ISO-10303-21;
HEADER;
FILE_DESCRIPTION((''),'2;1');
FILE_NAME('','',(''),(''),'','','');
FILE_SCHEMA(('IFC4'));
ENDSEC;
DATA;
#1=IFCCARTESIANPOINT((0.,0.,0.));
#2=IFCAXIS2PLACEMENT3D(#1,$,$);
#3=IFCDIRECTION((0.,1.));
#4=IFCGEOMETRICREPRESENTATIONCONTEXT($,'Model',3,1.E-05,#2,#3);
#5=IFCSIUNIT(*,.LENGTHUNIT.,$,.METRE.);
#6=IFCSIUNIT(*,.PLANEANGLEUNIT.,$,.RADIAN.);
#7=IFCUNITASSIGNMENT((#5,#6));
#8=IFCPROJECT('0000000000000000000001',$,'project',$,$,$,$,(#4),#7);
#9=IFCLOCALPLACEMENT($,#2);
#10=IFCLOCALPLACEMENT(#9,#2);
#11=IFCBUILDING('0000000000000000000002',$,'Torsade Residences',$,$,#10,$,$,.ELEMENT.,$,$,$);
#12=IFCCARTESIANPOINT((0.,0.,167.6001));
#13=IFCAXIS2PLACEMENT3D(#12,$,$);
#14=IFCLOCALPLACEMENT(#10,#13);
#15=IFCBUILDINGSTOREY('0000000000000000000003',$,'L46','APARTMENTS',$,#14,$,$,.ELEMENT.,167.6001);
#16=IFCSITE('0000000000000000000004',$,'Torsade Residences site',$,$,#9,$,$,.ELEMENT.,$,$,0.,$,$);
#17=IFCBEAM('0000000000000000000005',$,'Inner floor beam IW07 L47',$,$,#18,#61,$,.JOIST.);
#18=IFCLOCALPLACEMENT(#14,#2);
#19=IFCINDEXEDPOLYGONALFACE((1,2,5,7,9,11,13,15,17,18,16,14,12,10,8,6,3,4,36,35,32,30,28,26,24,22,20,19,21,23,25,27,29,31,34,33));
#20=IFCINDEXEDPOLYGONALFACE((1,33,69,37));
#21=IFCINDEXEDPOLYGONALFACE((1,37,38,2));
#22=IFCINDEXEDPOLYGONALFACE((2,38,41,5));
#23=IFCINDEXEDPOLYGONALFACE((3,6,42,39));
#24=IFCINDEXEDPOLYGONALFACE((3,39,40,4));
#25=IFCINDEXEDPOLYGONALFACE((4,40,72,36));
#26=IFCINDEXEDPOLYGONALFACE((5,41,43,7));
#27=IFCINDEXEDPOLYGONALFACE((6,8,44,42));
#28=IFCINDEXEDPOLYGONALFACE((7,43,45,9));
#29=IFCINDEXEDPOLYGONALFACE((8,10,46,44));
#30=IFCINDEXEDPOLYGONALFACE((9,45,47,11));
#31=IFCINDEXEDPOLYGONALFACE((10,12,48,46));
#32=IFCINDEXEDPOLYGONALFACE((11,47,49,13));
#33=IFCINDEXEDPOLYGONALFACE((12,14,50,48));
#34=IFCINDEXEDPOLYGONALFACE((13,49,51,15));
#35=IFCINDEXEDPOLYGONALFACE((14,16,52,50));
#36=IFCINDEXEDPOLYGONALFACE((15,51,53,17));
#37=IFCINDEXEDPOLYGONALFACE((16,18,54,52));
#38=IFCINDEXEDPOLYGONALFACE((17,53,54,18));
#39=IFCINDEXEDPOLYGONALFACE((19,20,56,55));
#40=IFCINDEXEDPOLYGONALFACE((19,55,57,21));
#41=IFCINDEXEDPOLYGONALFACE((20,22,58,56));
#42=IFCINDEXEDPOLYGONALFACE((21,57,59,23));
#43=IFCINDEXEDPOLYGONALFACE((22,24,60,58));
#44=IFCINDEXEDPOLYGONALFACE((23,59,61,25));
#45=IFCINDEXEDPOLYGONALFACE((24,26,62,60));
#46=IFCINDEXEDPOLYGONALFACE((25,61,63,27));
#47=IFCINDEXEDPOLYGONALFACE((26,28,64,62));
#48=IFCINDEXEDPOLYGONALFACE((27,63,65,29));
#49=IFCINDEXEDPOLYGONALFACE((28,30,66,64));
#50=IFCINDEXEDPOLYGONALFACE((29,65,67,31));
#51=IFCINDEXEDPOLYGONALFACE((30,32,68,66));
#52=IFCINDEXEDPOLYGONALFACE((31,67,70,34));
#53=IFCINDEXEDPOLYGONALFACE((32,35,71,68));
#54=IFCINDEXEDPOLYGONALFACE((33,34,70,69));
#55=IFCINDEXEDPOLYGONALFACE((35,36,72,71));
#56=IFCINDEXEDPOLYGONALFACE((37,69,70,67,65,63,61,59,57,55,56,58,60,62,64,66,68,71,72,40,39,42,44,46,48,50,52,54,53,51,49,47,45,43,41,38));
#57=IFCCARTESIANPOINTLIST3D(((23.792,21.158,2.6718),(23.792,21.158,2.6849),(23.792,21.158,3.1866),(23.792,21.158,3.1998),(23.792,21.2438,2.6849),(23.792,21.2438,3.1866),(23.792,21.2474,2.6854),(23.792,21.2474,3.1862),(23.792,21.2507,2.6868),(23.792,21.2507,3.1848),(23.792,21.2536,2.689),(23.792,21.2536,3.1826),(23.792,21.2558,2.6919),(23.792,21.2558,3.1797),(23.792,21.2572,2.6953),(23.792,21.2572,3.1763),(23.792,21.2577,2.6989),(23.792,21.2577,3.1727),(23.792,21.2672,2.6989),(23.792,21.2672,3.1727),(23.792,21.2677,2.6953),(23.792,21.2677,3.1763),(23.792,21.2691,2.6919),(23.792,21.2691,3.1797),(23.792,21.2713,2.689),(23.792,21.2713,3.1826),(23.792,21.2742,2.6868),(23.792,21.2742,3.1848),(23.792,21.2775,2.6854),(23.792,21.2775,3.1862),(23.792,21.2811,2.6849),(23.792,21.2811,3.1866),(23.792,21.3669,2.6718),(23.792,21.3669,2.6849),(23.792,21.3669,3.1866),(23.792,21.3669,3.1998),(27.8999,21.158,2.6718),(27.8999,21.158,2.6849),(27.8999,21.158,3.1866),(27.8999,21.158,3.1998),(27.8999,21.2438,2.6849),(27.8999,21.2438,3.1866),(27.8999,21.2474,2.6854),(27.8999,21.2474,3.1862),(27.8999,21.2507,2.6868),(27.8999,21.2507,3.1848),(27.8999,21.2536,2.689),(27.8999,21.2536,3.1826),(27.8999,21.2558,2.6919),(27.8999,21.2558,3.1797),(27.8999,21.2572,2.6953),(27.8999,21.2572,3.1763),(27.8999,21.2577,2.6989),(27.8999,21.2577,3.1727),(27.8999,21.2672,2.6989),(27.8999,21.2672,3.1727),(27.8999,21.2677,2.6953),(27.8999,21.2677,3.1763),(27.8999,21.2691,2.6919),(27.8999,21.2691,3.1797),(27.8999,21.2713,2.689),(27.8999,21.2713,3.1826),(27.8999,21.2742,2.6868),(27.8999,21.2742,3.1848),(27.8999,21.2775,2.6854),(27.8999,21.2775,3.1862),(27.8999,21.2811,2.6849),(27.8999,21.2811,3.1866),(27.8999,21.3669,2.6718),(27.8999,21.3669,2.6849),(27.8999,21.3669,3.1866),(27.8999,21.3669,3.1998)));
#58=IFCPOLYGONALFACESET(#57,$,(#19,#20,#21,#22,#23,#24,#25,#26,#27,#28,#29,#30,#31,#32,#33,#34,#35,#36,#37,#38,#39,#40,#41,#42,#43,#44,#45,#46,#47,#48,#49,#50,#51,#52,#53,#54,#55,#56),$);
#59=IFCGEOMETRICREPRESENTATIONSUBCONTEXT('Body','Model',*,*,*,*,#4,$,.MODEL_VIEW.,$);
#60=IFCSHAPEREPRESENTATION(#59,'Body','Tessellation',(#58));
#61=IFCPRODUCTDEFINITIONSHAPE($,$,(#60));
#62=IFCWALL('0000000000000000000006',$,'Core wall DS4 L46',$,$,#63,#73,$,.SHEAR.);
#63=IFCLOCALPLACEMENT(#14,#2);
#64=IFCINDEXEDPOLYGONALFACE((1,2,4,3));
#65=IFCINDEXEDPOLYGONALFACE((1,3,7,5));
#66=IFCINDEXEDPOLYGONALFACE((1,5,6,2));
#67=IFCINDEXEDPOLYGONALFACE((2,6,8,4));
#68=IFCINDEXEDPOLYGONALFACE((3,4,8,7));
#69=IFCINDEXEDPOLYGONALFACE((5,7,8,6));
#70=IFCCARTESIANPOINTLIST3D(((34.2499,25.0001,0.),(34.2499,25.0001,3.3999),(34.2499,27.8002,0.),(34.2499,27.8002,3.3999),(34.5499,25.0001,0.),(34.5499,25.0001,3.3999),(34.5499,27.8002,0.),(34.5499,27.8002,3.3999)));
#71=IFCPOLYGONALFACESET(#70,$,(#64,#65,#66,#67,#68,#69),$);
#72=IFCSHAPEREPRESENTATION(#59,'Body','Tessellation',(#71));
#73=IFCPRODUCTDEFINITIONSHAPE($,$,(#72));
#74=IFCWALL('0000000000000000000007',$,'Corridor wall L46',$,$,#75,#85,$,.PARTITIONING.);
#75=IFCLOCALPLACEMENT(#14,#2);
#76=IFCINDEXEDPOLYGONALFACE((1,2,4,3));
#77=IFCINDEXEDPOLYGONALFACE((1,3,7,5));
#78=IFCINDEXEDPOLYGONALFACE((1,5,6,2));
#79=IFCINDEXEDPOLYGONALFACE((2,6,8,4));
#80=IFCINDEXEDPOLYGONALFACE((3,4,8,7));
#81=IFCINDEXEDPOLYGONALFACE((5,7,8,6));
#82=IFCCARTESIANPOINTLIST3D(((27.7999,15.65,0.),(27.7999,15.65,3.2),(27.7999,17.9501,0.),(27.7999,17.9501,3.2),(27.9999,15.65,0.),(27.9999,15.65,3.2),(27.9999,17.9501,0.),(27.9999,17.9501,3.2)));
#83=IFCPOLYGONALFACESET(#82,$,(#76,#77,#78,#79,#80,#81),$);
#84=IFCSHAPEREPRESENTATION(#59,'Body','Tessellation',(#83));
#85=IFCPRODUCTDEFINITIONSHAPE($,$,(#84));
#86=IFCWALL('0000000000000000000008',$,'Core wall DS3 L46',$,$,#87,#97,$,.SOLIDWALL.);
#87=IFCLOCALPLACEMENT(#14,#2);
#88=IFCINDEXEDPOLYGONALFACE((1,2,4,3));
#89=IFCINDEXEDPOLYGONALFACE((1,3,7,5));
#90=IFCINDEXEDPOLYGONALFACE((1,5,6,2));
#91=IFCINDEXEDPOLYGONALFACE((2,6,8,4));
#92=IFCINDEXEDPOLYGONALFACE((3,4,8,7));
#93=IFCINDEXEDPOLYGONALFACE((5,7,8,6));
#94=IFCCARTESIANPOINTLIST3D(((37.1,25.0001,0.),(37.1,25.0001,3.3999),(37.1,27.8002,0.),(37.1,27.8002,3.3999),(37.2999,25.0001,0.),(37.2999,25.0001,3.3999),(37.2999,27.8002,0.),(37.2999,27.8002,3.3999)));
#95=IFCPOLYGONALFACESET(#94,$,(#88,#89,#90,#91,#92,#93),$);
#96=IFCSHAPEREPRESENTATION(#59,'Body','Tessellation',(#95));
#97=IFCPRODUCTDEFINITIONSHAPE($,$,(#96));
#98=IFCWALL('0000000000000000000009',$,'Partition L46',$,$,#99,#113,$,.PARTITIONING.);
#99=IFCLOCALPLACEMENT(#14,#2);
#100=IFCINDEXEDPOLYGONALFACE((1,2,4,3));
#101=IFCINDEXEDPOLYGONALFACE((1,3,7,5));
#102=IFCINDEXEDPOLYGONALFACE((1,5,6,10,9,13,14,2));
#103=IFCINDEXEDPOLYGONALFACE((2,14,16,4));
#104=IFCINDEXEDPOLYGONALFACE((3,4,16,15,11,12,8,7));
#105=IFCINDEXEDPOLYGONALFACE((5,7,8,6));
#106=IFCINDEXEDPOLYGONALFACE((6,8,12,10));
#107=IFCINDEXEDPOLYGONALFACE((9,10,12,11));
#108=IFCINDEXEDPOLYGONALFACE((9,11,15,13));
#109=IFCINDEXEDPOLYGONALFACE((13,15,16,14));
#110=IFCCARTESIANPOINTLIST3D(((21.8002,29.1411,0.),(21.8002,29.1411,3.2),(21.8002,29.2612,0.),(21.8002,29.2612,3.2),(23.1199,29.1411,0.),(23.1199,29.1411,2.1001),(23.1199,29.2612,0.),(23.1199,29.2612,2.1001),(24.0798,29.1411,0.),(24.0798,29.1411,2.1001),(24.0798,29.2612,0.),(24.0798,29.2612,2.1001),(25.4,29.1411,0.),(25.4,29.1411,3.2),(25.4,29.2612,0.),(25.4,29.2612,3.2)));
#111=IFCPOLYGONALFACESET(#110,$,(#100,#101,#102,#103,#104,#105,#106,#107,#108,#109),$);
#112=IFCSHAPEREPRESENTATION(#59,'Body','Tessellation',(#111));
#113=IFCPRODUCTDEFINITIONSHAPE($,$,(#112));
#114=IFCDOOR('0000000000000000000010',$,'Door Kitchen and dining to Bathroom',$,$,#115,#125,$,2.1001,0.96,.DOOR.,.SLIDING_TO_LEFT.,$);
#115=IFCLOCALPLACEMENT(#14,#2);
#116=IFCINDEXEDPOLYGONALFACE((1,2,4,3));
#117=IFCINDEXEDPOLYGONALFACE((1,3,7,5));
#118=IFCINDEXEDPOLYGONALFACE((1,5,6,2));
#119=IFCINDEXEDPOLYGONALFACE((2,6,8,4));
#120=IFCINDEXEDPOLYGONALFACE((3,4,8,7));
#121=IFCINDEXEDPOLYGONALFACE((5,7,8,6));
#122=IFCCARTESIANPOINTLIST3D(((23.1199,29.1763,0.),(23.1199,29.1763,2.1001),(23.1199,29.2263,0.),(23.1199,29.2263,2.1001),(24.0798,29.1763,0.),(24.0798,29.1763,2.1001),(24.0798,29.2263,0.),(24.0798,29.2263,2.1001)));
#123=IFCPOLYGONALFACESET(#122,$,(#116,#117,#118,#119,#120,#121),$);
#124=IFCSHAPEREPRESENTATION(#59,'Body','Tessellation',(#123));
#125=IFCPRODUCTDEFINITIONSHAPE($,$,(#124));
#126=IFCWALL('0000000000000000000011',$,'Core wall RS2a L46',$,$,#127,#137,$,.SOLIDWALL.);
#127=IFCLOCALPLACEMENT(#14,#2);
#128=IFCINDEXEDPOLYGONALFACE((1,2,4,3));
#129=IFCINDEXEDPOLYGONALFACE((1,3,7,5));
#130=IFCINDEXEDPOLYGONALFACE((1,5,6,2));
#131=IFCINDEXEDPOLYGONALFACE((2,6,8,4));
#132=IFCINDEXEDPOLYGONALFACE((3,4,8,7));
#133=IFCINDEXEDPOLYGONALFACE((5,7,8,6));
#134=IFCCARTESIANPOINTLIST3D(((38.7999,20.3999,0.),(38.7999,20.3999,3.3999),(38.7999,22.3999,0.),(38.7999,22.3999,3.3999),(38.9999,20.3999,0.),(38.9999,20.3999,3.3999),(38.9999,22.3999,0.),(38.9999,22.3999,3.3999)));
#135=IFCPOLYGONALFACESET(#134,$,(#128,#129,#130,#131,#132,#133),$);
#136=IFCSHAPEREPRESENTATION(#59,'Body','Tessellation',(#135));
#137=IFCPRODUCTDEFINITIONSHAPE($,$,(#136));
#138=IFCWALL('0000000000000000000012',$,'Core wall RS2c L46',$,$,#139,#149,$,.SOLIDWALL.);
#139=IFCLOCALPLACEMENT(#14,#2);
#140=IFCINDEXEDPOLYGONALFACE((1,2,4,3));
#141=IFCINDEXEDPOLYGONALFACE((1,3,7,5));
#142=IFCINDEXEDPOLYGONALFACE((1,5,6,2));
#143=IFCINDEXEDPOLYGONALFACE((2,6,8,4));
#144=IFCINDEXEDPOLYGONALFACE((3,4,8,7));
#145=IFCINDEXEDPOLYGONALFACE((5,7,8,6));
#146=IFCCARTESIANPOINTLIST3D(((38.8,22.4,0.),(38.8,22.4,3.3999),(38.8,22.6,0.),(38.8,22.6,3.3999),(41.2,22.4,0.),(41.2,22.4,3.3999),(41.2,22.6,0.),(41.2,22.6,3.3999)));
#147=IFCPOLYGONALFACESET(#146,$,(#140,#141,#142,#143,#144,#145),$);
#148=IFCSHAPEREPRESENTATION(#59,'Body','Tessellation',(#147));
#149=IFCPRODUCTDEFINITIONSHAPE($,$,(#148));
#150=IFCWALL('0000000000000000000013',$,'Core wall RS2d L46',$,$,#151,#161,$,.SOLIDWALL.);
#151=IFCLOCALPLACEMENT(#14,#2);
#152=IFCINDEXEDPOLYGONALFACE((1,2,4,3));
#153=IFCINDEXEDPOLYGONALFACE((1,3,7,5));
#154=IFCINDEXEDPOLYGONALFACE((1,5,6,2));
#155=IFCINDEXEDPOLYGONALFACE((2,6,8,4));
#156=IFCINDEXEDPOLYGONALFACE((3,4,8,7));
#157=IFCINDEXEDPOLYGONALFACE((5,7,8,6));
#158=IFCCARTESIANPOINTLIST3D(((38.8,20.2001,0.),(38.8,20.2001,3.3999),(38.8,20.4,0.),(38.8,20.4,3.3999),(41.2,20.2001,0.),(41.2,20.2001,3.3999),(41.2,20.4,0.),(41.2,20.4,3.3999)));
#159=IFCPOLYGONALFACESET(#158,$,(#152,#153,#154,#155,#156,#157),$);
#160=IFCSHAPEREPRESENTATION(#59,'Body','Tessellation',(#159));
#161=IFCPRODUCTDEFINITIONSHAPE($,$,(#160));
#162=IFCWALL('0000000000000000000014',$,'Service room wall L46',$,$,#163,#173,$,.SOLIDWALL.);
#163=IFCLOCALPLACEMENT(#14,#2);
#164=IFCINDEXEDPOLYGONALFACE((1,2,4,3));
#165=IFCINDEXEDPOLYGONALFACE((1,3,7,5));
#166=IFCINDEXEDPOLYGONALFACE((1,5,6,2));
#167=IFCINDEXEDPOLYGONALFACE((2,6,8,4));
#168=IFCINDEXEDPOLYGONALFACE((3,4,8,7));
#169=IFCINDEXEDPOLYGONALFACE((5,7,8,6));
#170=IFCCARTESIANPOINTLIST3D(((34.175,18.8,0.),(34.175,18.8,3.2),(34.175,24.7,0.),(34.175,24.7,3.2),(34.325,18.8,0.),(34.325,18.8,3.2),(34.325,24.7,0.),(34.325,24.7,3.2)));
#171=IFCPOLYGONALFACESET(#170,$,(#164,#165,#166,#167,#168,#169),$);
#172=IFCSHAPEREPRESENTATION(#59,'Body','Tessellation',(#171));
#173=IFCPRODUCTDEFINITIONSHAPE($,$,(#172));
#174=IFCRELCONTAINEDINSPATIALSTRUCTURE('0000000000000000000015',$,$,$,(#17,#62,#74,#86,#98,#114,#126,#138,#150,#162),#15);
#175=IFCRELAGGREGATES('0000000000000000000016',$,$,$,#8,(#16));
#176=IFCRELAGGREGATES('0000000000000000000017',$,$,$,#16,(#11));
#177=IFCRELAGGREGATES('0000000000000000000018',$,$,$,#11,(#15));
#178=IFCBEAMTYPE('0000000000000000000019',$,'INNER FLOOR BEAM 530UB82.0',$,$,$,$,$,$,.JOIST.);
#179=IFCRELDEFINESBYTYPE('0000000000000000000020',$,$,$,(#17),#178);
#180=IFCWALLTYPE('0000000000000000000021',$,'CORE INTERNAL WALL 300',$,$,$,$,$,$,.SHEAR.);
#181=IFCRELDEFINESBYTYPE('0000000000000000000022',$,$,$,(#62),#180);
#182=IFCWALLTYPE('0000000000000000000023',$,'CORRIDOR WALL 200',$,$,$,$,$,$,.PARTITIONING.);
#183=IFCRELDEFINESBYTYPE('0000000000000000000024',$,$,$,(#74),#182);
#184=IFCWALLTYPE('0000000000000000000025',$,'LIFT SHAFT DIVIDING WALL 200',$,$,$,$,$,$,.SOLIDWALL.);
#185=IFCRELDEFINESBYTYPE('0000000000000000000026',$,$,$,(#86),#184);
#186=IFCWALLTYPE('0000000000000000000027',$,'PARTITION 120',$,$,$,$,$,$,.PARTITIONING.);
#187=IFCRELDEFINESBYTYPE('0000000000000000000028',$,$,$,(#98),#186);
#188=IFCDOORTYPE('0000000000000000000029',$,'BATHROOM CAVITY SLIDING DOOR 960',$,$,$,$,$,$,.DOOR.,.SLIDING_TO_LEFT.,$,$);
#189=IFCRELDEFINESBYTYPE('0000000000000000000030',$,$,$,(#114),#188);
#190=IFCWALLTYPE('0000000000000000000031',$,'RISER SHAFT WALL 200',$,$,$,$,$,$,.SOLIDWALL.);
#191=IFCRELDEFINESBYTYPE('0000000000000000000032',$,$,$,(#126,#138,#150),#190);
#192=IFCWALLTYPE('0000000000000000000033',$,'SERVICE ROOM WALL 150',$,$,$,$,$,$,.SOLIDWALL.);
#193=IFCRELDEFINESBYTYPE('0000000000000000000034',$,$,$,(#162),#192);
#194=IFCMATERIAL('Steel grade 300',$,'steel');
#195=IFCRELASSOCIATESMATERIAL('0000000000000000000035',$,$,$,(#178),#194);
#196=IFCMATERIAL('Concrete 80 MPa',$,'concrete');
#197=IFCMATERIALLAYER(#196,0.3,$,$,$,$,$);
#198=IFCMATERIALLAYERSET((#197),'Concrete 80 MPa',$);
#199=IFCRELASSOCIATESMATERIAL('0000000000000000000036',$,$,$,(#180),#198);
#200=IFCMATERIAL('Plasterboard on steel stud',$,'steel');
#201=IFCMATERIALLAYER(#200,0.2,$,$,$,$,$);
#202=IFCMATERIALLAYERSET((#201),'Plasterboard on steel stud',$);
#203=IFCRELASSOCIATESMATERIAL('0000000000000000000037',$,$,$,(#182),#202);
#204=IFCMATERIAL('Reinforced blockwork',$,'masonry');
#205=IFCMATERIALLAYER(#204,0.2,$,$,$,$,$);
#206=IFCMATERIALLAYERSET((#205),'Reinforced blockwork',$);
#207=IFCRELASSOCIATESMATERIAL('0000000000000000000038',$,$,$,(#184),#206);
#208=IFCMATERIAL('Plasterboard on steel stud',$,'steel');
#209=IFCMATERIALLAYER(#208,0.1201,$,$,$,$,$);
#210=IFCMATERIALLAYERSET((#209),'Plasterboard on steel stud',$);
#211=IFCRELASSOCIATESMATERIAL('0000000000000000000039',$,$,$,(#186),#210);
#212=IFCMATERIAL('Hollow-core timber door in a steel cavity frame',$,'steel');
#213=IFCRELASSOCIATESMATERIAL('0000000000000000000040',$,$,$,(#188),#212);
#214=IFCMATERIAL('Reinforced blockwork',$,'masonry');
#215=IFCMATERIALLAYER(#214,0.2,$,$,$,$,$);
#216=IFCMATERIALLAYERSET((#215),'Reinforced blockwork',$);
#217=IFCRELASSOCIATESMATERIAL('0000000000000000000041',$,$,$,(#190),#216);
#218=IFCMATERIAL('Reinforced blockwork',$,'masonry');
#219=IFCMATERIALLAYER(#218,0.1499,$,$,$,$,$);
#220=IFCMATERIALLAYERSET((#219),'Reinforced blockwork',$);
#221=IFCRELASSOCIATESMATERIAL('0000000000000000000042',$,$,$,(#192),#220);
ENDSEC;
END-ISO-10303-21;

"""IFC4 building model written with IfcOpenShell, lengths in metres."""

from ifc_helpers import new_model, si_unit, direction, frame, frame_2d, origin, origin_2d, place, context, subcontext, project, spatial, rectangle, i_section, extrude, material, layer, layer_set, material_profile, profile_set, type_object, element, fill, save


model = new_model("IFC4")

# Units and contexts
model_context = context("Model", 3, precision=1e-05, world=origin(), true_north=direction((0.0, 1.0)))
body_context = subcontext(model_context, "Body", "Model", "MODEL_VIEW")
ifc_project = project(units=[si_unit("LENGTHUNIT", "METRE"), si_unit("PLANEANGLEUNIT", "RADIAN")], contexts=[model_context])

# Site, building, storey
site_placement = place(None, origin())
site = spatial("IfcSite", under=ifc_project, at=site_placement, Name="Torsade Residences site", CompositionType="ELEMENT", RefElevation=0.0)
building_placement = place(site_placement, origin())
building = spatial("IfcBuilding", under=site, at=building_placement, Name="Torsade Residences", CompositionType="ELEMENT")
storey_placement = place(building_placement, frame((0.0, 0.0, 167.6001)))
storey = spatial("IfcBuildingStorey", under=building, at=storey_placement, Name="L46", Description="APARTMENTS", CompositionType="ELEMENT", Elevation=167.6001)

# Beam
ifc_material_1 = material(Name="Steel grade 300", Category="steel")
ifc_material_profile_1 = material_profile(ifc_material_1, i_section(OverallWidth=0.209, OverallDepth=0.5281, WebThickness=0.0095, FlangeThickness=0.0132, FilletRadius=0.0139, at=origin_2d()), Name="530UB82.0")
ifc_profile_set_1 = profile_set([ifc_material_profile_1], Name="Steel grade 300")
beam_type = type_object("IfcBeamType", Name="INNER FLOOR BEAM 530UB82.0", PredefinedType="JOIST", material=ifc_profile_set_1)
beam_1_placement = place(storey_placement, frame((27.8999, 21.2625, 2.9358), z_axis=(-1.0, 0.0, 0.0), x_axis=(0.0, -1.0, 0.0)))
element("IfcBeam", 1, at=beam_1_placement, inside=storey, type_object=beam_type, Name="Inner floor beam IW07 L47", PredefinedType="JOIST", context=body_context, shape_type="SweptSolid", body=[
    extrude(i_section(OverallWidth=0.209, OverallDepth=0.5281, WebThickness=0.0095, FlangeThickness=0.0132, FilletRadius=0.0139, at=origin_2d()), origin(), (0.0, 0.0, 1.0), 4.1079),
])

# Walls
ifc_material_2 = material(Name="Concrete 80 MPa", Category="concrete")
ifc_layer_1 = layer(ifc_material_2, 0.3)
ifc_layer_set_1 = layer_set([ifc_layer_1], Name="Concrete 80 MPa")
wall_type_1 = type_object("IfcWallType", Name="CORE INTERNAL WALL 300", PredefinedType="SHEAR", material=ifc_layer_set_1)
wall_1_placement = place(storey_placement, frame((34.3999, 27.8, 0.0), z_axis=(0.0, 0.0, 1.0), x_axis=(0.0, -1.0, 0.0)))
element("IfcWall", 2, at=wall_1_placement, inside=storey, type_object=wall_type_1, Name="Core wall DS4 L46", PredefinedType="SHEAR", context=body_context, shape_type="SweptSolid", body=[
    extrude(rectangle(XDim=2.8, YDim=0.3, at=frame_2d((1.3999, 0.0))), origin(), (0.0, 0.0, 1.0), 3.3999),
])
ifc_material_3 = material(Name="Plasterboard on steel stud", Category="steel")
ifc_layer_2 = layer(ifc_material_3, 0.2)
ifc_layer_set_2 = layer_set([ifc_layer_2], Name="Plasterboard on steel stud")
wall_type_2 = type_object("IfcWallType", Name="CORRIDOR WALL 200", PredefinedType="PARTITIONING", material=ifc_layer_set_2)
wall_2_placement = place(storey_placement, frame((27.8999, 17.95, 0.0), z_axis=(0.0, 0.0, 1.0), x_axis=(0.0, -1.0, 0.0)))
element("IfcWall", 3, at=wall_2_placement, inside=storey, type_object=wall_type_2, Name="Corridor wall L46", PredefinedType="PARTITIONING", context=body_context, shape_type="SweptSolid", body=[
    extrude(rectangle(XDim=2.3, YDim=0.2, at=frame_2d((1.1499, 0.0))), origin(), (0.0, 0.0, 1.0), 3.2),
])
ifc_material_4 = material(Name="Reinforced blockwork", Category="masonry")
ifc_layer_3 = layer(ifc_material_4, 0.2)
ifc_layer_set_3 = layer_set([ifc_layer_3], Name="Reinforced blockwork")
wall_type_3 = type_object("IfcWallType", Name="LIFT SHAFT DIVIDING WALL 200", PredefinedType="SOLIDWALL", material=ifc_layer_set_3)
wall_3_placement = place(storey_placement, frame((37.2, 27.8, 0.0), z_axis=(0.0, 0.0, 1.0), x_axis=(0.0, -1.0, 0.0)))
element("IfcWall", 4, at=wall_3_placement, inside=storey, type_object=wall_type_3, Name="Core wall DS3 L46", PredefinedType="SOLIDWALL", context=body_context, shape_type="SweptSolid", body=[
    extrude(rectangle(XDim=2.8, YDim=0.2, at=frame_2d((1.3999, 0.0))), origin(), (0.0, 0.0, 1.0), 3.3999),
])

# Wall, opening, door
ifc_material_5 = material(Name="Plasterboard on steel stud", Category="steel")
ifc_layer_4 = layer(ifc_material_5, 0.1201)
ifc_layer_set_4 = layer_set([ifc_layer_4], Name="Plasterboard on steel stud")
wall_type_4 = type_object("IfcWallType", Name="PARTITION 120", PredefinedType="PARTITIONING", material=ifc_layer_set_4)
wall_4_placement = place(storey_placement, frame((25.3999, 29.2012, 0.0), z_axis=(0.0, 0.0, 1.0), x_axis=(-1.0, 0.0, 0.0)))
wall_4 = element("IfcWall", 5, at=wall_4_placement, inside=storey, type_object=wall_type_4, Name="Partition L46", PredefinedType="PARTITIONING", context=body_context, shape_type="SweptSolid", body=[
    extrude(rectangle(XDim=3.5999, YDim=0.1201, at=frame_2d((1.7998, 0.0))), origin(), (0.0, 0.0, 1.0), 3.2),
])
opening_1_placement = place(wall_4_placement, frame((1.3201, 0.0, 0.0)))
opening_1 = element("IfcOpeningElement", 6, at=opening_1_placement, cuts=wall_4, PredefinedType="OPENING", context=body_context, shape_type="SweptSolid", body=[
    extrude(rectangle(XDim=0.96, YDim=2.1001, at=frame_2d((0.48, 1.05))), frame((0.0, 0.0701, 0.0), z_axis=(0.0, -1.0, 0.0), x_axis=(1.0, 0.0, 0.0)), (0.0, 0.0, 1.0), 0.1401),
])
ifc_material_6 = material(Name="Hollow-core timber door in a steel cavity frame", Category="steel")
door_type_1 = type_object("IfcDoorType", Name="BATHROOM CAVITY SLIDING DOOR 960", OperationType="SLIDING_TO_LEFT", PredefinedType="DOOR", material=ifc_material_6)
door_1_placement = place(opening_1_placement, origin())
door_1 = element("IfcDoor", 7, at=door_1_placement, inside=storey, type_object=door_type_1, Name="Door Kitchen and dining to Bathroom", OperationType="SLIDING_TO_LEFT", OverallHeight=2.1001, OverallWidth=0.96, PredefinedType="DOOR", context=body_context, shape_type="SweptSolid", body=[
    extrude(rectangle(XDim=0.96, YDim=2.1001, at=frame_2d((0.48, 1.05))), frame((0.0, 0.0249, 0.0), z_axis=(0.0, -1.0, 0.0), x_axis=(1.0, 0.0, 0.0)), (0.0, 0.0, 1.0), 0.05),
])
fill(opening_1, door_1)

# Walls
ifc_material_7 = material(Name="Reinforced blockwork", Category="masonry")
ifc_layer_5 = layer(ifc_material_7, 0.2)
ifc_layer_set_5 = layer_set([ifc_layer_5], Name="Reinforced blockwork")
wall_type_5 = type_object("IfcWallType", Name="RISER SHAFT WALL 200", PredefinedType="SOLIDWALL", material=ifc_layer_set_5)
wall_5_placement = place(storey_placement, frame((38.8999, 22.3999, 0.0), z_axis=(0.0, 0.0, 1.0), x_axis=(0.0, -1.0, 0.0)))
element("IfcWall", 8, at=wall_5_placement, inside=storey, type_object=wall_type_5, Name="Core wall RS2a L46", PredefinedType="SOLIDWALL", context=body_context, shape_type="SweptSolid", body=[
    extrude(rectangle(XDim=2.0, YDim=0.2, at=frame_2d((1.0, 0.0))), origin(), (0.0, 0.0, 1.0), 3.3999),
])
for number, where, z_axis, x_axis, name in (
    (9, (38.8, 22.5, 0.0), (0.0, 0.0, 1.0), (1.0, 0.0, 0.0), "Core wall RS2c L46"),
    (10, (38.8, 20.3, 0.0), (0.0, 0.0, 1.0), (1.0, 0.0, 0.0), "Core wall RS2d L46"),
):
    element("IfcWall", number, at=place(storey_placement, frame(where, z_axis=z_axis, x_axis=x_axis)), inside=storey, type_object=wall_type_5, Name=name, PredefinedType="SOLIDWALL", context=body_context, shape_type="SweptSolid", body=[
        extrude(rectangle(XDim=2.3999, YDim=0.2, at=frame_2d((1.2, 0.0))), origin(), (0.0, 0.0, 1.0), 3.3999),
    ])
ifc_material_8 = material(Name="Reinforced blockwork", Category="masonry")
ifc_layer_6 = layer(ifc_material_8, 0.1499)
ifc_layer_set_6 = layer_set([ifc_layer_6], Name="Reinforced blockwork")
wall_type_6 = type_object("IfcWallType", Name="SERVICE ROOM WALL 150", PredefinedType="SOLIDWALL", material=ifc_layer_set_6)
wall_6_placement = place(storey_placement, frame((34.25, 18.8, 0.0), z_axis=(0.0, 0.0, 1.0), x_axis=(0.0, 1.0, 0.0)))
element("IfcWall", 11, at=wall_6_placement, inside=storey, type_object=wall_type_6, Name="Service room wall L46", PredefinedType="SOLIDWALL", context=body_context, shape_type="SweptSolid", body=[
    extrude(rectangle(XDim=5.8999, YDim=0.1499, at=frame_2d((2.95, 0.0))), origin(), (0.0, 0.0, 1.0), 3.2),
])

save(model, "model.ifc")
